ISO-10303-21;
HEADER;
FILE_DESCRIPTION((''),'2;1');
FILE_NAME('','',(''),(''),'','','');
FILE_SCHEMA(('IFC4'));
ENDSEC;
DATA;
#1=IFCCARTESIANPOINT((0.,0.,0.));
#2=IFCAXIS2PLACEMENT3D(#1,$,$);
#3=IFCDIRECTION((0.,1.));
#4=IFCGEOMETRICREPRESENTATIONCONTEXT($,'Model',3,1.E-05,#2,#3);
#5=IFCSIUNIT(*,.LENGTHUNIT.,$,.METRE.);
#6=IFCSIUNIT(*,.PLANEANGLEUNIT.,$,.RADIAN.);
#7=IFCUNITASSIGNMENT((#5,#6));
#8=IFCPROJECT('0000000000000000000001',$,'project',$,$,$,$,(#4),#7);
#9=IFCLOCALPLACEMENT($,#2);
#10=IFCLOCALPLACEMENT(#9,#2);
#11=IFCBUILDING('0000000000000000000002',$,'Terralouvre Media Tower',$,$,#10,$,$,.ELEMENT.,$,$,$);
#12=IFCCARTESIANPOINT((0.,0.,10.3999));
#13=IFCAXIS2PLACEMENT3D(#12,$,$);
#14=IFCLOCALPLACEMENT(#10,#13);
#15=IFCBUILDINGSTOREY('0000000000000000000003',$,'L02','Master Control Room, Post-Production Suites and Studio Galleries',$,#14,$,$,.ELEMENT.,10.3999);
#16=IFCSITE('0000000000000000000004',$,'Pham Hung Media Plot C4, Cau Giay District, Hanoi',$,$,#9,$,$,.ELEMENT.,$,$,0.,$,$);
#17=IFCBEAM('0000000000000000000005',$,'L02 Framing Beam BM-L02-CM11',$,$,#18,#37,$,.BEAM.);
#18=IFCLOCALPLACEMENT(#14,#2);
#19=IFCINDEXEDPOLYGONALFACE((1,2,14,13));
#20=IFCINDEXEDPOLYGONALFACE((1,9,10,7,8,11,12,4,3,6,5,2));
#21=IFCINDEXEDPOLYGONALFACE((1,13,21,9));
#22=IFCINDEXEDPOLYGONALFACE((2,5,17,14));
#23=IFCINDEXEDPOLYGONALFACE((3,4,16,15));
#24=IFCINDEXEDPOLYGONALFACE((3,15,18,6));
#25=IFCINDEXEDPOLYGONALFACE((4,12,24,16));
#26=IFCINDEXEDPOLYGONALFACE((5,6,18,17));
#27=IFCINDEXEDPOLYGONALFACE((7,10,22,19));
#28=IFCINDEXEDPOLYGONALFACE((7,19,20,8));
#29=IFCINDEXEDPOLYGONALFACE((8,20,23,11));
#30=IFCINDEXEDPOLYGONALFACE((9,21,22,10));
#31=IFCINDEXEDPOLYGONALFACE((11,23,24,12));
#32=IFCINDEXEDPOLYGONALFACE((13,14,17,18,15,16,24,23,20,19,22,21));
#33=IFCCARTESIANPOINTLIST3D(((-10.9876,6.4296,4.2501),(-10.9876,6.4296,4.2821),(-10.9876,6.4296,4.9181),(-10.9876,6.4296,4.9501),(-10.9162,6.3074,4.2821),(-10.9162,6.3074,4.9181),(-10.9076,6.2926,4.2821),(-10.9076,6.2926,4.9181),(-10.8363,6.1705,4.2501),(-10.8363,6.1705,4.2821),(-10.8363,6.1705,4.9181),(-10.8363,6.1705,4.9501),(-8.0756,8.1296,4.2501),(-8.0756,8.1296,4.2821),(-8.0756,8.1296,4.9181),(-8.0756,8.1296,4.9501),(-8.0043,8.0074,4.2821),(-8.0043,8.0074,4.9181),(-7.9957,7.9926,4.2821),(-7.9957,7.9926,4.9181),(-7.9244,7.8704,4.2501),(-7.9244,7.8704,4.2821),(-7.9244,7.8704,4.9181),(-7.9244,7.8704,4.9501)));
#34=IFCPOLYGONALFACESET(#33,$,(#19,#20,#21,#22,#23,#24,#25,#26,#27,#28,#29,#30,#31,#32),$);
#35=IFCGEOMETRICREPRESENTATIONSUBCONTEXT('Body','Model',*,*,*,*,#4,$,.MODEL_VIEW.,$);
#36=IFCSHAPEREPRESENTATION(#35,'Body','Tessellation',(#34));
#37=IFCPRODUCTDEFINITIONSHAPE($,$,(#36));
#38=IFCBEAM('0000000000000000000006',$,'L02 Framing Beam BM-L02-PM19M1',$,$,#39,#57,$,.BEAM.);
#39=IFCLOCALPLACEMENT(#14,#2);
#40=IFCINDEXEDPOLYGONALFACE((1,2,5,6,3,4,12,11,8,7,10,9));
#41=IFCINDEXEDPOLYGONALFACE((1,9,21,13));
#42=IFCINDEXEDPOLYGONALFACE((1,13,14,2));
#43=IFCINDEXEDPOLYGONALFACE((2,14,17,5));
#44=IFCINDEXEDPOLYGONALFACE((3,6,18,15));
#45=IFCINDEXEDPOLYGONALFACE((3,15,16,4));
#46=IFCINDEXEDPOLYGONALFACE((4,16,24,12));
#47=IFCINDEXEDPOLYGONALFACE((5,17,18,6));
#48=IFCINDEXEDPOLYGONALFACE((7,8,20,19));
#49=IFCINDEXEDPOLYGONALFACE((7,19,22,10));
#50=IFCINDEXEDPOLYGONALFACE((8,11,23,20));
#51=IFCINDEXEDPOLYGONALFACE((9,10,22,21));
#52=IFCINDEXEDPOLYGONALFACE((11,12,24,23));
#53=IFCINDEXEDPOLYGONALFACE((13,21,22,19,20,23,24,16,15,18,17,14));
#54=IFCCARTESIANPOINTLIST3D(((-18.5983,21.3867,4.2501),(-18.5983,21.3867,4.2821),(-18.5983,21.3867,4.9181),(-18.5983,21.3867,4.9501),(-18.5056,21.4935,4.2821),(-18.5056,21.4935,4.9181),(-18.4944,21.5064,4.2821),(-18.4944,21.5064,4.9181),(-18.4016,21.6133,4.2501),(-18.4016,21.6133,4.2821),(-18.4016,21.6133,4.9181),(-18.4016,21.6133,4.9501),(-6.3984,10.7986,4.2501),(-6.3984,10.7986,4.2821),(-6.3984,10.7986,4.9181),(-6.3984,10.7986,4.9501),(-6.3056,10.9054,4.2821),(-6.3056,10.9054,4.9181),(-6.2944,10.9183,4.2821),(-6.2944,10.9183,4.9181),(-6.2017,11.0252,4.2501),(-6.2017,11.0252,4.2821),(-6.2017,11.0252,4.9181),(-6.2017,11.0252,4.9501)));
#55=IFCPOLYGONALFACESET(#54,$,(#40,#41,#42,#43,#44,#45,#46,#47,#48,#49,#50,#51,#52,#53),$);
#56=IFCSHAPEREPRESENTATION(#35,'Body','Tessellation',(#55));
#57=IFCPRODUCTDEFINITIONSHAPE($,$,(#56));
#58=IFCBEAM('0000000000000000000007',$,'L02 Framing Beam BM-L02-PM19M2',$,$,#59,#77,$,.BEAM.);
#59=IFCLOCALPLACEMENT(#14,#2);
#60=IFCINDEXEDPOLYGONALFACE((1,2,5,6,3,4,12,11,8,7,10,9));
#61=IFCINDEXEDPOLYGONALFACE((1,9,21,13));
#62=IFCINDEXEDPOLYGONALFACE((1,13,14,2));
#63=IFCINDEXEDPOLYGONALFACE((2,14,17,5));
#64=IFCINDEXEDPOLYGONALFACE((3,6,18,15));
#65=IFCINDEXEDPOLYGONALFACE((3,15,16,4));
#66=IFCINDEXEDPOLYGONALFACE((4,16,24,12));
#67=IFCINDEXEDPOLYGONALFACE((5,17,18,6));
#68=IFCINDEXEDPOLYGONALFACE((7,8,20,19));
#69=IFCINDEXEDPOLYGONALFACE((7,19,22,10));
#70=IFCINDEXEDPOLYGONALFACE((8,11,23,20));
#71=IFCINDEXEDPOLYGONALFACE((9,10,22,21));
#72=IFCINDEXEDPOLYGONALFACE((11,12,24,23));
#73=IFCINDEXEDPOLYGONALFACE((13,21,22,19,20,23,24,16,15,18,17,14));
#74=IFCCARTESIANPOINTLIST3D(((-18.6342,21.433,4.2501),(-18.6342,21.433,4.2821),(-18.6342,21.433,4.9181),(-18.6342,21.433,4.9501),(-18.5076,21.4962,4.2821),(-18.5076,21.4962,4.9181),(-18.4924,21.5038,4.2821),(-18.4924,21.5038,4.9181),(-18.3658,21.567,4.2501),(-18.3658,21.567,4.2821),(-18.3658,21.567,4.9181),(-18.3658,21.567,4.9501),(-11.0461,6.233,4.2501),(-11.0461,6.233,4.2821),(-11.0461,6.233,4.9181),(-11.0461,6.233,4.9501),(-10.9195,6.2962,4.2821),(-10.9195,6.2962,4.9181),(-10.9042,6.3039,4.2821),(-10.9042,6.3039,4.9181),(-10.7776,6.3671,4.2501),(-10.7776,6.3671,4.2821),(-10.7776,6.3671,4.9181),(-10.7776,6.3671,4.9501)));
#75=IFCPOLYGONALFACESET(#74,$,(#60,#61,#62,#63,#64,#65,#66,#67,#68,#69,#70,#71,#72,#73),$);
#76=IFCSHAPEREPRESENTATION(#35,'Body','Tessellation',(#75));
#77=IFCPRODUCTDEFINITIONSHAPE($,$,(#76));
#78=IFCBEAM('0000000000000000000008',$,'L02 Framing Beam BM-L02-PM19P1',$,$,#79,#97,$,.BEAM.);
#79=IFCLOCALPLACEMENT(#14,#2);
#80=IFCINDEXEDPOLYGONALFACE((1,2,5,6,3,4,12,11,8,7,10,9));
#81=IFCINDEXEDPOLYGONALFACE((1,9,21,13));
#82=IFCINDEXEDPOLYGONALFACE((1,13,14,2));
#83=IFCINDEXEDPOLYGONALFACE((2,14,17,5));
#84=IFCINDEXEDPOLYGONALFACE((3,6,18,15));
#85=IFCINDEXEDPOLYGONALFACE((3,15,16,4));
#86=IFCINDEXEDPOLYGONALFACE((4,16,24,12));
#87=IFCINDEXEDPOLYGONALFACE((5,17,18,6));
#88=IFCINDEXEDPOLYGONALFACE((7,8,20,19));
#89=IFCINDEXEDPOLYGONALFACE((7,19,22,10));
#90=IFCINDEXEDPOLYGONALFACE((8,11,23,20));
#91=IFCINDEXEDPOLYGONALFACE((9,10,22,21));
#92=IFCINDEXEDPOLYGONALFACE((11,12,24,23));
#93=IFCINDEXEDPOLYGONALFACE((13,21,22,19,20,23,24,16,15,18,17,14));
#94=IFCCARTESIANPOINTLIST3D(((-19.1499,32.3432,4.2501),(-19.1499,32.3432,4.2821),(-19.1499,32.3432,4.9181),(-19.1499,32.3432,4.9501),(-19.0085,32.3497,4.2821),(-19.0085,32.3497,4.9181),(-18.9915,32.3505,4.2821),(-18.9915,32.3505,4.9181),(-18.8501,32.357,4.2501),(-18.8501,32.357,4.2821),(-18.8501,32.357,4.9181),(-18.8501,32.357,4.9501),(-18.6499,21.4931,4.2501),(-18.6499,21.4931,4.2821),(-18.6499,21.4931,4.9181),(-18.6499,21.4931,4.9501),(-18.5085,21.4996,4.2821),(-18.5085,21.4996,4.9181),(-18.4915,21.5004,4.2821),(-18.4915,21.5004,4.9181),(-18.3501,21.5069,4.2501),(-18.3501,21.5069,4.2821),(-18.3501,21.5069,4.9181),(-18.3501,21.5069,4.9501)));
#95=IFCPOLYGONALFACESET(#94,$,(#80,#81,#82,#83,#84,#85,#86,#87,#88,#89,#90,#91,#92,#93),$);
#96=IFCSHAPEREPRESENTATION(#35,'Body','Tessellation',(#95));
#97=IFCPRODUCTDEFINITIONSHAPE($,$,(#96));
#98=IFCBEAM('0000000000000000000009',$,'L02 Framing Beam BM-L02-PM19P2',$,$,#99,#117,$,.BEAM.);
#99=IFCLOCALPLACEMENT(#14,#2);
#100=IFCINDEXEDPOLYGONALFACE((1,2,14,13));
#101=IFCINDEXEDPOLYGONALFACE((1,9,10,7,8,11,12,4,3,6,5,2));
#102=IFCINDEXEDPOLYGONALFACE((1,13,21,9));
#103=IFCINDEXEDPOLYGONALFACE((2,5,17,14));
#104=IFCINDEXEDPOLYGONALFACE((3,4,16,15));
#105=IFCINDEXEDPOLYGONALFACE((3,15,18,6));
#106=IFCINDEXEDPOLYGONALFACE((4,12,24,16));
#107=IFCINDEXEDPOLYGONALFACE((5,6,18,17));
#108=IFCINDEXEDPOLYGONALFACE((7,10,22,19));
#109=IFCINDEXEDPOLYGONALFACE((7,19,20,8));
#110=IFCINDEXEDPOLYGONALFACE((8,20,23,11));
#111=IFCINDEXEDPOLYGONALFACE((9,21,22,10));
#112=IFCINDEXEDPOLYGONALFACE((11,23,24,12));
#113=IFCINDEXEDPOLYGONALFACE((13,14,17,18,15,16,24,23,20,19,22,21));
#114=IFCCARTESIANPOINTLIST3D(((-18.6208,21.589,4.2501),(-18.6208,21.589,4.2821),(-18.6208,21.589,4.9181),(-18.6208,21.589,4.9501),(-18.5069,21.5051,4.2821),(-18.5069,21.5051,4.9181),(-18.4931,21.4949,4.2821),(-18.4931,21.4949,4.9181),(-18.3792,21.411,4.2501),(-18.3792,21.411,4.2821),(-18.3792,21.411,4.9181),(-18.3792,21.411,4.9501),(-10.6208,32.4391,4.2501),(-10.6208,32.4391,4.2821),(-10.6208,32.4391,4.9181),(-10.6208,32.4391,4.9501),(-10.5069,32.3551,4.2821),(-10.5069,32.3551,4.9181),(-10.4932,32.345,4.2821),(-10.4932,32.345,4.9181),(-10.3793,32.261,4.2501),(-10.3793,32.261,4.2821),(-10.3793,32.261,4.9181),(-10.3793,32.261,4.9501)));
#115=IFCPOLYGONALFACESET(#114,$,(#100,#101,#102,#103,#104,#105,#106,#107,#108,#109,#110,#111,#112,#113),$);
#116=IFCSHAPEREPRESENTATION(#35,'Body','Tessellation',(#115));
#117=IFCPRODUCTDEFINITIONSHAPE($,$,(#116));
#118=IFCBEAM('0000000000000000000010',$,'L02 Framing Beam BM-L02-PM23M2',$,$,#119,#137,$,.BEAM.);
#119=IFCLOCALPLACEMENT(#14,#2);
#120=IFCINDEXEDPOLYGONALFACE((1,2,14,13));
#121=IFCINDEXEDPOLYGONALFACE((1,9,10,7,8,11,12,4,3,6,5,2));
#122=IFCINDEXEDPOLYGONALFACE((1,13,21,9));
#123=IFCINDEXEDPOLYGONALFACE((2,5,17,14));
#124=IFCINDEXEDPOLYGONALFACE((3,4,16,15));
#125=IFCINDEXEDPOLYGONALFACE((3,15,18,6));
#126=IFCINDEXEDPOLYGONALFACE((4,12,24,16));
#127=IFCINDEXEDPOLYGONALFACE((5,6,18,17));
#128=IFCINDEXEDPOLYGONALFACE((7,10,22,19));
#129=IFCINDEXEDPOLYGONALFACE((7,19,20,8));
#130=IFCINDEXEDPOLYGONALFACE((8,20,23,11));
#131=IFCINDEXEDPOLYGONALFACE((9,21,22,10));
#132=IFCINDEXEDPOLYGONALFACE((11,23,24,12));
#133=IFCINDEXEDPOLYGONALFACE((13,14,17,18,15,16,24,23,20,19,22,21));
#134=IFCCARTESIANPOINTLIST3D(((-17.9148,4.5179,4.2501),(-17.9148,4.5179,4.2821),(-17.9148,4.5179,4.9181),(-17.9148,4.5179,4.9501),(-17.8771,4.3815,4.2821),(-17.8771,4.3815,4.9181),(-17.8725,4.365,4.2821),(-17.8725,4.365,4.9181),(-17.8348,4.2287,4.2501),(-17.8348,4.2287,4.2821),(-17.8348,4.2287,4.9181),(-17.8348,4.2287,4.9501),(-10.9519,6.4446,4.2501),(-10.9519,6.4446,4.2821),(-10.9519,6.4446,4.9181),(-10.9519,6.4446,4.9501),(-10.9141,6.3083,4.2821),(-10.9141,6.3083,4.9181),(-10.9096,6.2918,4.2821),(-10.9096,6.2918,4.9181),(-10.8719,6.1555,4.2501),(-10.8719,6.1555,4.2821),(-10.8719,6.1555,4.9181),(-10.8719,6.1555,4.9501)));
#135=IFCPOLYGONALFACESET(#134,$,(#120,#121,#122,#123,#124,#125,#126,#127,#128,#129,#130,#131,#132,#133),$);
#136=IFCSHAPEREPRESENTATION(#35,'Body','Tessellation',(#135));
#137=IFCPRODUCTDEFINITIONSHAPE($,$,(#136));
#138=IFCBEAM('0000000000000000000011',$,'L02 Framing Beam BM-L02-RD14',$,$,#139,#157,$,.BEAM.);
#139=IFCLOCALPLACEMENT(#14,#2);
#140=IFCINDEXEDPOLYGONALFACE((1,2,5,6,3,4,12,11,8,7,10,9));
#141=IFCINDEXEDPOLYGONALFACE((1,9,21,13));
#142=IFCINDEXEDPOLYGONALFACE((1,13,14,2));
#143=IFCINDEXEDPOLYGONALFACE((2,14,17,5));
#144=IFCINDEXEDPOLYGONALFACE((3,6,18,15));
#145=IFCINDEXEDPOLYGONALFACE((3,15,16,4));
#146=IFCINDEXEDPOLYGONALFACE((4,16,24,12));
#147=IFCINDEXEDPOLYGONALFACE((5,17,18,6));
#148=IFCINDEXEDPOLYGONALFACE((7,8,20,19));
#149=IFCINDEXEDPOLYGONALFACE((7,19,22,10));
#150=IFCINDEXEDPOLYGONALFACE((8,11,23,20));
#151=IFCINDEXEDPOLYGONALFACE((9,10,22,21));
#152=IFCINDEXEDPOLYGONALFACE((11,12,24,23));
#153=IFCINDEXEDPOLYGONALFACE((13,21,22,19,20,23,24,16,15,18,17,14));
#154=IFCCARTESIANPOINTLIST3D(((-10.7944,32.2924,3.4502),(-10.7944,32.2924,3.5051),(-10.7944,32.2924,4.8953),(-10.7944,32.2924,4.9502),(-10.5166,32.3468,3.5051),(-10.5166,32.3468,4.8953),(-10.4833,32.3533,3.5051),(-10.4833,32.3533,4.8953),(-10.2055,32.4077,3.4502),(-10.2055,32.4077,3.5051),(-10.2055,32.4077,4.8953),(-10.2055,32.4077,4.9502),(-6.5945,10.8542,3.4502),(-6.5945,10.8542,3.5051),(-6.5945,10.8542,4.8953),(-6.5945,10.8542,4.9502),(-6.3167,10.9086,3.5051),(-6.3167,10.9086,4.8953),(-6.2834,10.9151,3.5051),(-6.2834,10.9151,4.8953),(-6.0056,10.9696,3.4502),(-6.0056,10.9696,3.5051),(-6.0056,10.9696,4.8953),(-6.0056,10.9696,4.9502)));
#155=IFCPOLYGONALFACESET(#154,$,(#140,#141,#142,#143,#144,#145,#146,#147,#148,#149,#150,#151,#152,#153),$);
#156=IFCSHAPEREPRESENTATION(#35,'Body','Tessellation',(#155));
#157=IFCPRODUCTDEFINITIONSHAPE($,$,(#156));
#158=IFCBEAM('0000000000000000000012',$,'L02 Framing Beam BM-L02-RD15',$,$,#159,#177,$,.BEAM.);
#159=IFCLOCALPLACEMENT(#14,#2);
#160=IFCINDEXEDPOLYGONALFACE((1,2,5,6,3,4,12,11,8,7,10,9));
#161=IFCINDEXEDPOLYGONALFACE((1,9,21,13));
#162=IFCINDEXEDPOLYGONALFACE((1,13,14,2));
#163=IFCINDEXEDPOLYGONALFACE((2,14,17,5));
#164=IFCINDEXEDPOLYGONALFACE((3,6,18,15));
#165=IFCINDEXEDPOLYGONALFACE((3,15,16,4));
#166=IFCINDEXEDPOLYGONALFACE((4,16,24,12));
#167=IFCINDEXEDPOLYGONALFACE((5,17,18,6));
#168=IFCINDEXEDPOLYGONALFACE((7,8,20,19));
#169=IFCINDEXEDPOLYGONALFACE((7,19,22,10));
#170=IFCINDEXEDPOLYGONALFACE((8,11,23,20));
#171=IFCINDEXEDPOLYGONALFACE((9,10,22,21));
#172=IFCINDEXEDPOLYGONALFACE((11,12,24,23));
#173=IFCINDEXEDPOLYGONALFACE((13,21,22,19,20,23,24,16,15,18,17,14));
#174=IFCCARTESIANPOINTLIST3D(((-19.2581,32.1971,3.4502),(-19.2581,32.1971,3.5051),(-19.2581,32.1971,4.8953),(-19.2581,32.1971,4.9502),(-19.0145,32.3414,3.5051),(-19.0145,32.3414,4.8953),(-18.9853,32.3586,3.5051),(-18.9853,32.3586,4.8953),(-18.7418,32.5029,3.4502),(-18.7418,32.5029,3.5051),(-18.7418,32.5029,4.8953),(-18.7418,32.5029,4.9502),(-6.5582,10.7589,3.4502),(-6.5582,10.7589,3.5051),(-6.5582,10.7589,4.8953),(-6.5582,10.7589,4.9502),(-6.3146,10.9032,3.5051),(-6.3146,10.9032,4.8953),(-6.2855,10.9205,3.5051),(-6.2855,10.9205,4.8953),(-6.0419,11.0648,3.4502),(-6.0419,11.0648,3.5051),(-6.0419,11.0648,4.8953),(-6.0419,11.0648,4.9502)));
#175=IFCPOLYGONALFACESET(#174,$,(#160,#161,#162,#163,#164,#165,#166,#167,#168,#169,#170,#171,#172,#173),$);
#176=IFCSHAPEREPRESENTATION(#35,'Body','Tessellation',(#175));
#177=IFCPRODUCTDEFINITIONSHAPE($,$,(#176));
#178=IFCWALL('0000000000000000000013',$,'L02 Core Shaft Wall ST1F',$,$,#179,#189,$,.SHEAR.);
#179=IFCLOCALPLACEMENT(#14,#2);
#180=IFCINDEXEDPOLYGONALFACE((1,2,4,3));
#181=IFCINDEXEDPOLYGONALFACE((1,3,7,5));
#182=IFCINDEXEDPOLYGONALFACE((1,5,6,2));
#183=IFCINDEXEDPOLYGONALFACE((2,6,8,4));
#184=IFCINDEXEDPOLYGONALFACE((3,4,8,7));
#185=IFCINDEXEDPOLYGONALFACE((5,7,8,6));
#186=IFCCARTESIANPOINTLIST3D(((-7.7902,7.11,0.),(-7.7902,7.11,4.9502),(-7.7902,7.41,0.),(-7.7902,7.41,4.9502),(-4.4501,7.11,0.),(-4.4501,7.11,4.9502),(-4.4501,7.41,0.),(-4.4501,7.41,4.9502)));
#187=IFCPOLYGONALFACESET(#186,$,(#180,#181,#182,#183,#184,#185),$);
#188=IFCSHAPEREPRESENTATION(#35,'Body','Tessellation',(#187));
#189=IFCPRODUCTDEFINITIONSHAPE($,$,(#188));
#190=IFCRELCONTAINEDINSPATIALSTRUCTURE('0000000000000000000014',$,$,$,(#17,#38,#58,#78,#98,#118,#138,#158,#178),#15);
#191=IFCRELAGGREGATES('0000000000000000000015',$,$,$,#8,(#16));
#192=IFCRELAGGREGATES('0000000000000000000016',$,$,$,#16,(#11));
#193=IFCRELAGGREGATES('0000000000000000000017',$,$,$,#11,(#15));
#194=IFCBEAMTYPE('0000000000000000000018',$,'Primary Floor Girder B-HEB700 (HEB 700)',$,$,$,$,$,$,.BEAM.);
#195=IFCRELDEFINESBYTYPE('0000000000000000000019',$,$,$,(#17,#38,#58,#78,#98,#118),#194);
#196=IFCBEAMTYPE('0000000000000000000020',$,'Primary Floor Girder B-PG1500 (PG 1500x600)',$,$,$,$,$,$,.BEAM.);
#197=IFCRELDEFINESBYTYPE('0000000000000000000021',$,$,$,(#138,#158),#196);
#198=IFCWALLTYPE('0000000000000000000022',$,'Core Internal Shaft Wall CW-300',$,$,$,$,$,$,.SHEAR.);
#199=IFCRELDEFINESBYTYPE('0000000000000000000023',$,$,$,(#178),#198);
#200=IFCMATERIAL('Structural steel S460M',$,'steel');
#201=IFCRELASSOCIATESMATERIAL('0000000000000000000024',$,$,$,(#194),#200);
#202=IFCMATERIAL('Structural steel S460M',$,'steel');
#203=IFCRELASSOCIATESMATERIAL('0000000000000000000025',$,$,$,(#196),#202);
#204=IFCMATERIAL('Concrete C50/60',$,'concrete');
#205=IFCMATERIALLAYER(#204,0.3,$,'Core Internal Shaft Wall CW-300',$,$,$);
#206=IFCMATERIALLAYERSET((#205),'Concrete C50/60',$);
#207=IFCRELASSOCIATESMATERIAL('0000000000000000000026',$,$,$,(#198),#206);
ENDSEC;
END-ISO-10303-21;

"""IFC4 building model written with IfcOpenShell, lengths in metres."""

from ifc_helpers import new_model, si_unit, direction, frame, frame_2d, origin, origin_2d, place, context, subcontext, project, spatial, rectangle, i_section, extrude, material, layer, layer_set, material_profile, profile_set, type_object, element, save


model = new_model("IFC4")

# Units and contexts
model_context = context("Model", 3, precision=1e-05, world=origin(), true_north=direction((0.0, 1.0)))
body_context = subcontext(model_context, "Body", "Model", "MODEL_VIEW")
ifc_project = project(units=[si_unit("LENGTHUNIT", "METRE"), si_unit("PLANEANGLEUNIT", "RADIAN")], contexts=[model_context])

# Site, building, storey
site_placement = place(None, origin())
site = spatial("IfcSite", under=ifc_project, at=site_placement, Name="Pham Hung Media Plot C4, Cau Giay District, Hanoi", CompositionType="ELEMENT", RefElevation=0.0)
building_placement = place(site_placement, origin())
building = spatial("IfcBuilding", under=site, at=building_placement, Name="Terralouvre Media Tower", CompositionType="ELEMENT")
storey_placement = place(building_placement, frame((0.0, 0.0, 10.3999)))
storey = spatial("IfcBuildingStorey", under=building, at=storey_placement, Name="L02", Description="Master Control Room, Post-Production Suites and Studio Galleries", CompositionType="ELEMENT", Elevation=10.3999)

# Beams
ifc_material_1 = material(Name="Structural steel S460M", Category="steel")
ifc_material_profile_1 = material_profile(ifc_material_1, i_section(OverallWidth=0.3, OverallDepth=0.7, WebThickness=0.0171, FlangeThickness=0.032, at=origin_2d()), Name="HEB 700")
ifc_profile_set_1 = profile_set([ifc_material_profile_1], Name="Structural steel S460M")
beam_type_1 = type_object("IfcBeamType", Name="Primary Floor Girder B-HEB700 (HEB 700)", PredefinedType="BEAM", material=ifc_profile_set_1)
for number, where, z_axis, x_axis, name in (
    (1, (-8.0, 8.0, 4.6001), (-0.863603, -0.504173, 0.0), (0.504173, -0.863603, 0.0), "L02 Framing Beam BM-L02-CM11"),
):
    element("IfcBeam", number, at=place(storey_placement, frame(where, z_axis=z_axis, x_axis=x_axis)), inside=storey, type_object=beam_type_1, Name=name, PredefinedType="BEAM", context=body_context, shape_type="SweptSolid", body=[
        extrude(i_section(OverallWidth=0.3, OverallDepth=0.7, WebThickness=0.0171, FlangeThickness=0.032, at=origin_2d()), origin(), (0.0, 0.0, 1.0), 3.3718),
    ])
beam_1_placement = place(storey_placement, frame((-6.3, 10.9119, 4.6001), z_axis=(-0.755234, 0.655455, 0.0), x_axis=(-0.655455, -0.755234, 0.0)))
element("IfcBeam", 2, at=beam_1_placement, inside=storey, type_object=beam_type_1, Name="L02 Framing Beam BM-L02-PM19M1", PredefinedType="BEAM", context=body_context, shape_type="SweptSolid", body=[
    extrude(i_section(OverallWidth=0.3, OverallDepth=0.7, WebThickness=0.0171, FlangeThickness=0.032, at=origin_2d()), origin(), (0.0, 0.0, 1.0), 16.1538),
])
beam_2_placement = place(storey_placement, frame((-10.9119, 6.3, 4.6001), z_axis=(-0.446656, 0.894706, 0.0), x_axis=(-0.894706, -0.446656, 0.0)))
element("IfcBeam", 3, at=beam_2_placement, inside=storey, type_object=beam_type_1, Name="L02 Framing Beam BM-L02-PM19M2", PredefinedType="BEAM", context=body_context, shape_type="SweptSolid", body=[
    extrude(i_section(OverallWidth=0.3, OverallDepth=0.7, WebThickness=0.0171, FlangeThickness=0.032, at=origin_2d()), origin(), (0.0, 0.0, 1.0), 16.9888),
])
beam_3_placement = place(storey_placement, frame((-18.5, 21.5, 4.6001), z_axis=(-0.046034, 0.99894, 0.0), x_axis=(-0.99894, -0.046034, 0.0)))
element("IfcBeam", 4, at=beam_3_placement, inside=storey, type_object=beam_type_1, Name="L02 Framing Beam BM-L02-PM19P1", PredefinedType="BEAM", context=body_context, shape_type="SweptSolid", body=[
    extrude(i_section(OverallWidth=0.3, OverallDepth=0.7, WebThickness=0.0171, FlangeThickness=0.032, at=origin_2d()), origin(), (0.0, 0.0, 1.0), 10.8616),
])
beam_4_placement = place(storey_placement, frame((-18.5, 21.5, 4.6001), z_axis=(0.593449, 0.804872, 0.0), x_axis=(-0.804872, 0.593449, 0.0)))
element("IfcBeam", 5, at=beam_4_placement, inside=storey, type_object=beam_type_1, Name="L02 Framing Beam BM-L02-PM19P2", PredefinedType="BEAM", context=body_context, shape_type="SweptSolid", body=[
    extrude(i_section(OverallWidth=0.3, OverallDepth=0.7, WebThickness=0.0171, FlangeThickness=0.032, at=origin_2d()), origin(), (0.0, 0.0, 1.0), 13.4805),
])
beam_5_placement = place(storey_placement, frame((-10.9119, 6.3, 4.6001), z_axis=(-0.963781, -0.266696, 0.0), x_axis=(0.266696, -0.963781, 0.0)))
element("IfcBeam", 6, at=beam_5_placement, inside=storey, type_object=beam_type_1, Name="L02 Framing Beam BM-L02-PM23M2", PredefinedType="BEAM", context=body_context, shape_type="SweptSolid", body=[
    extrude(i_section(OverallWidth=0.3, OverallDepth=0.7, WebThickness=0.0171, FlangeThickness=0.032, at=origin_2d()), origin(), (0.0, 0.0, 1.0), 7.2246),
])
ifc_material_2 = material(Name="Structural steel S460M", Category="steel")
ifc_material_profile_2 = material_profile(ifc_material_2, i_section(OverallWidth=0.6001, OverallDepth=1.5, WebThickness=0.0339, FlangeThickness=0.0549, at=origin_2d()), Name="PG 1500x600")
ifc_profile_set_2 = profile_set([ifc_material_profile_2], Name="Structural steel S460M")
beam_type_2 = type_object("IfcBeamType", Name="Primary Floor Girder B-PG1500 (PG 1500x600)", PredefinedType="BEAM", material=ifc_profile_set_2)
beam_6_placement = place(storey_placement, frame((-6.3, 10.9119, 4.2002), z_axis=(-0.192255, 0.981345, 0.0), x_axis=(-0.981345, -0.192255, 0.0)))
element("IfcBeam", 7, at=beam_6_placement, inside=storey, type_object=beam_type_2, Name="L02 Framing Beam BM-L02-RD14", PredefinedType="BEAM", context=body_context, shape_type="SweptSolid", body=[
    extrude(i_section(OverallWidth=0.6001, OverallDepth=1.5, WebThickness=0.0339, FlangeThickness=0.0549, at=origin_2d()), origin(), (0.0, 0.0, 1.0), 21.8457),
])
beam_7_placement = place(storey_placement, frame((-6.3, 10.9119, 4.2002), z_axis=(-0.509678, 0.860365, 0.0), x_axis=(-0.860365, -0.509678, 0.0)))
element("IfcBeam", 8, at=beam_7_placement, inside=storey, type_object=beam_type_2, Name="L02 Framing Beam BM-L02-RD15", PredefinedType="BEAM", context=body_context, shape_type="SweptSolid", body=[
    extrude(i_section(OverallWidth=0.6001, OverallDepth=1.5, WebThickness=0.0339, FlangeThickness=0.0549, at=origin_2d()), origin(), (0.0, 0.0, 1.0), 24.9175),
])

# Wall
ifc_material_3 = material(Name="Concrete C50/60", Category="concrete")
ifc_layer_1 = layer(ifc_material_3, 0.3, Name="Core Internal Shaft Wall CW-300")
ifc_layer_set_1 = layer_set([ifc_layer_1], Name="Concrete C50/60")
wall_type_1 = type_object("IfcWallType", Name="Core Internal Shaft Wall CW-300", PredefinedType="SHEAR", material=ifc_layer_set_1)
wall_1_placement = place(storey_placement, frame((-7.79, 7.26, 0.0), z_axis=(0.0, 0.0, 1.0), x_axis=(1.0, 0.0, 0.0)))
element("IfcWall", 9, at=wall_1_placement, inside=storey, type_object=wall_type_1, Name="L02 Core Shaft Wall ST1F", PredefinedType="SHEAR", context=body_context, shape_type="SweptSolid", body=[
    extrude(rectangle(XDim=3.3401, YDim=0.3, at=frame_2d((1.6699, 0.0))), origin(), (0.0, 0.0, 1.0), 4.9502),
])

save(model, "model.ifc")
